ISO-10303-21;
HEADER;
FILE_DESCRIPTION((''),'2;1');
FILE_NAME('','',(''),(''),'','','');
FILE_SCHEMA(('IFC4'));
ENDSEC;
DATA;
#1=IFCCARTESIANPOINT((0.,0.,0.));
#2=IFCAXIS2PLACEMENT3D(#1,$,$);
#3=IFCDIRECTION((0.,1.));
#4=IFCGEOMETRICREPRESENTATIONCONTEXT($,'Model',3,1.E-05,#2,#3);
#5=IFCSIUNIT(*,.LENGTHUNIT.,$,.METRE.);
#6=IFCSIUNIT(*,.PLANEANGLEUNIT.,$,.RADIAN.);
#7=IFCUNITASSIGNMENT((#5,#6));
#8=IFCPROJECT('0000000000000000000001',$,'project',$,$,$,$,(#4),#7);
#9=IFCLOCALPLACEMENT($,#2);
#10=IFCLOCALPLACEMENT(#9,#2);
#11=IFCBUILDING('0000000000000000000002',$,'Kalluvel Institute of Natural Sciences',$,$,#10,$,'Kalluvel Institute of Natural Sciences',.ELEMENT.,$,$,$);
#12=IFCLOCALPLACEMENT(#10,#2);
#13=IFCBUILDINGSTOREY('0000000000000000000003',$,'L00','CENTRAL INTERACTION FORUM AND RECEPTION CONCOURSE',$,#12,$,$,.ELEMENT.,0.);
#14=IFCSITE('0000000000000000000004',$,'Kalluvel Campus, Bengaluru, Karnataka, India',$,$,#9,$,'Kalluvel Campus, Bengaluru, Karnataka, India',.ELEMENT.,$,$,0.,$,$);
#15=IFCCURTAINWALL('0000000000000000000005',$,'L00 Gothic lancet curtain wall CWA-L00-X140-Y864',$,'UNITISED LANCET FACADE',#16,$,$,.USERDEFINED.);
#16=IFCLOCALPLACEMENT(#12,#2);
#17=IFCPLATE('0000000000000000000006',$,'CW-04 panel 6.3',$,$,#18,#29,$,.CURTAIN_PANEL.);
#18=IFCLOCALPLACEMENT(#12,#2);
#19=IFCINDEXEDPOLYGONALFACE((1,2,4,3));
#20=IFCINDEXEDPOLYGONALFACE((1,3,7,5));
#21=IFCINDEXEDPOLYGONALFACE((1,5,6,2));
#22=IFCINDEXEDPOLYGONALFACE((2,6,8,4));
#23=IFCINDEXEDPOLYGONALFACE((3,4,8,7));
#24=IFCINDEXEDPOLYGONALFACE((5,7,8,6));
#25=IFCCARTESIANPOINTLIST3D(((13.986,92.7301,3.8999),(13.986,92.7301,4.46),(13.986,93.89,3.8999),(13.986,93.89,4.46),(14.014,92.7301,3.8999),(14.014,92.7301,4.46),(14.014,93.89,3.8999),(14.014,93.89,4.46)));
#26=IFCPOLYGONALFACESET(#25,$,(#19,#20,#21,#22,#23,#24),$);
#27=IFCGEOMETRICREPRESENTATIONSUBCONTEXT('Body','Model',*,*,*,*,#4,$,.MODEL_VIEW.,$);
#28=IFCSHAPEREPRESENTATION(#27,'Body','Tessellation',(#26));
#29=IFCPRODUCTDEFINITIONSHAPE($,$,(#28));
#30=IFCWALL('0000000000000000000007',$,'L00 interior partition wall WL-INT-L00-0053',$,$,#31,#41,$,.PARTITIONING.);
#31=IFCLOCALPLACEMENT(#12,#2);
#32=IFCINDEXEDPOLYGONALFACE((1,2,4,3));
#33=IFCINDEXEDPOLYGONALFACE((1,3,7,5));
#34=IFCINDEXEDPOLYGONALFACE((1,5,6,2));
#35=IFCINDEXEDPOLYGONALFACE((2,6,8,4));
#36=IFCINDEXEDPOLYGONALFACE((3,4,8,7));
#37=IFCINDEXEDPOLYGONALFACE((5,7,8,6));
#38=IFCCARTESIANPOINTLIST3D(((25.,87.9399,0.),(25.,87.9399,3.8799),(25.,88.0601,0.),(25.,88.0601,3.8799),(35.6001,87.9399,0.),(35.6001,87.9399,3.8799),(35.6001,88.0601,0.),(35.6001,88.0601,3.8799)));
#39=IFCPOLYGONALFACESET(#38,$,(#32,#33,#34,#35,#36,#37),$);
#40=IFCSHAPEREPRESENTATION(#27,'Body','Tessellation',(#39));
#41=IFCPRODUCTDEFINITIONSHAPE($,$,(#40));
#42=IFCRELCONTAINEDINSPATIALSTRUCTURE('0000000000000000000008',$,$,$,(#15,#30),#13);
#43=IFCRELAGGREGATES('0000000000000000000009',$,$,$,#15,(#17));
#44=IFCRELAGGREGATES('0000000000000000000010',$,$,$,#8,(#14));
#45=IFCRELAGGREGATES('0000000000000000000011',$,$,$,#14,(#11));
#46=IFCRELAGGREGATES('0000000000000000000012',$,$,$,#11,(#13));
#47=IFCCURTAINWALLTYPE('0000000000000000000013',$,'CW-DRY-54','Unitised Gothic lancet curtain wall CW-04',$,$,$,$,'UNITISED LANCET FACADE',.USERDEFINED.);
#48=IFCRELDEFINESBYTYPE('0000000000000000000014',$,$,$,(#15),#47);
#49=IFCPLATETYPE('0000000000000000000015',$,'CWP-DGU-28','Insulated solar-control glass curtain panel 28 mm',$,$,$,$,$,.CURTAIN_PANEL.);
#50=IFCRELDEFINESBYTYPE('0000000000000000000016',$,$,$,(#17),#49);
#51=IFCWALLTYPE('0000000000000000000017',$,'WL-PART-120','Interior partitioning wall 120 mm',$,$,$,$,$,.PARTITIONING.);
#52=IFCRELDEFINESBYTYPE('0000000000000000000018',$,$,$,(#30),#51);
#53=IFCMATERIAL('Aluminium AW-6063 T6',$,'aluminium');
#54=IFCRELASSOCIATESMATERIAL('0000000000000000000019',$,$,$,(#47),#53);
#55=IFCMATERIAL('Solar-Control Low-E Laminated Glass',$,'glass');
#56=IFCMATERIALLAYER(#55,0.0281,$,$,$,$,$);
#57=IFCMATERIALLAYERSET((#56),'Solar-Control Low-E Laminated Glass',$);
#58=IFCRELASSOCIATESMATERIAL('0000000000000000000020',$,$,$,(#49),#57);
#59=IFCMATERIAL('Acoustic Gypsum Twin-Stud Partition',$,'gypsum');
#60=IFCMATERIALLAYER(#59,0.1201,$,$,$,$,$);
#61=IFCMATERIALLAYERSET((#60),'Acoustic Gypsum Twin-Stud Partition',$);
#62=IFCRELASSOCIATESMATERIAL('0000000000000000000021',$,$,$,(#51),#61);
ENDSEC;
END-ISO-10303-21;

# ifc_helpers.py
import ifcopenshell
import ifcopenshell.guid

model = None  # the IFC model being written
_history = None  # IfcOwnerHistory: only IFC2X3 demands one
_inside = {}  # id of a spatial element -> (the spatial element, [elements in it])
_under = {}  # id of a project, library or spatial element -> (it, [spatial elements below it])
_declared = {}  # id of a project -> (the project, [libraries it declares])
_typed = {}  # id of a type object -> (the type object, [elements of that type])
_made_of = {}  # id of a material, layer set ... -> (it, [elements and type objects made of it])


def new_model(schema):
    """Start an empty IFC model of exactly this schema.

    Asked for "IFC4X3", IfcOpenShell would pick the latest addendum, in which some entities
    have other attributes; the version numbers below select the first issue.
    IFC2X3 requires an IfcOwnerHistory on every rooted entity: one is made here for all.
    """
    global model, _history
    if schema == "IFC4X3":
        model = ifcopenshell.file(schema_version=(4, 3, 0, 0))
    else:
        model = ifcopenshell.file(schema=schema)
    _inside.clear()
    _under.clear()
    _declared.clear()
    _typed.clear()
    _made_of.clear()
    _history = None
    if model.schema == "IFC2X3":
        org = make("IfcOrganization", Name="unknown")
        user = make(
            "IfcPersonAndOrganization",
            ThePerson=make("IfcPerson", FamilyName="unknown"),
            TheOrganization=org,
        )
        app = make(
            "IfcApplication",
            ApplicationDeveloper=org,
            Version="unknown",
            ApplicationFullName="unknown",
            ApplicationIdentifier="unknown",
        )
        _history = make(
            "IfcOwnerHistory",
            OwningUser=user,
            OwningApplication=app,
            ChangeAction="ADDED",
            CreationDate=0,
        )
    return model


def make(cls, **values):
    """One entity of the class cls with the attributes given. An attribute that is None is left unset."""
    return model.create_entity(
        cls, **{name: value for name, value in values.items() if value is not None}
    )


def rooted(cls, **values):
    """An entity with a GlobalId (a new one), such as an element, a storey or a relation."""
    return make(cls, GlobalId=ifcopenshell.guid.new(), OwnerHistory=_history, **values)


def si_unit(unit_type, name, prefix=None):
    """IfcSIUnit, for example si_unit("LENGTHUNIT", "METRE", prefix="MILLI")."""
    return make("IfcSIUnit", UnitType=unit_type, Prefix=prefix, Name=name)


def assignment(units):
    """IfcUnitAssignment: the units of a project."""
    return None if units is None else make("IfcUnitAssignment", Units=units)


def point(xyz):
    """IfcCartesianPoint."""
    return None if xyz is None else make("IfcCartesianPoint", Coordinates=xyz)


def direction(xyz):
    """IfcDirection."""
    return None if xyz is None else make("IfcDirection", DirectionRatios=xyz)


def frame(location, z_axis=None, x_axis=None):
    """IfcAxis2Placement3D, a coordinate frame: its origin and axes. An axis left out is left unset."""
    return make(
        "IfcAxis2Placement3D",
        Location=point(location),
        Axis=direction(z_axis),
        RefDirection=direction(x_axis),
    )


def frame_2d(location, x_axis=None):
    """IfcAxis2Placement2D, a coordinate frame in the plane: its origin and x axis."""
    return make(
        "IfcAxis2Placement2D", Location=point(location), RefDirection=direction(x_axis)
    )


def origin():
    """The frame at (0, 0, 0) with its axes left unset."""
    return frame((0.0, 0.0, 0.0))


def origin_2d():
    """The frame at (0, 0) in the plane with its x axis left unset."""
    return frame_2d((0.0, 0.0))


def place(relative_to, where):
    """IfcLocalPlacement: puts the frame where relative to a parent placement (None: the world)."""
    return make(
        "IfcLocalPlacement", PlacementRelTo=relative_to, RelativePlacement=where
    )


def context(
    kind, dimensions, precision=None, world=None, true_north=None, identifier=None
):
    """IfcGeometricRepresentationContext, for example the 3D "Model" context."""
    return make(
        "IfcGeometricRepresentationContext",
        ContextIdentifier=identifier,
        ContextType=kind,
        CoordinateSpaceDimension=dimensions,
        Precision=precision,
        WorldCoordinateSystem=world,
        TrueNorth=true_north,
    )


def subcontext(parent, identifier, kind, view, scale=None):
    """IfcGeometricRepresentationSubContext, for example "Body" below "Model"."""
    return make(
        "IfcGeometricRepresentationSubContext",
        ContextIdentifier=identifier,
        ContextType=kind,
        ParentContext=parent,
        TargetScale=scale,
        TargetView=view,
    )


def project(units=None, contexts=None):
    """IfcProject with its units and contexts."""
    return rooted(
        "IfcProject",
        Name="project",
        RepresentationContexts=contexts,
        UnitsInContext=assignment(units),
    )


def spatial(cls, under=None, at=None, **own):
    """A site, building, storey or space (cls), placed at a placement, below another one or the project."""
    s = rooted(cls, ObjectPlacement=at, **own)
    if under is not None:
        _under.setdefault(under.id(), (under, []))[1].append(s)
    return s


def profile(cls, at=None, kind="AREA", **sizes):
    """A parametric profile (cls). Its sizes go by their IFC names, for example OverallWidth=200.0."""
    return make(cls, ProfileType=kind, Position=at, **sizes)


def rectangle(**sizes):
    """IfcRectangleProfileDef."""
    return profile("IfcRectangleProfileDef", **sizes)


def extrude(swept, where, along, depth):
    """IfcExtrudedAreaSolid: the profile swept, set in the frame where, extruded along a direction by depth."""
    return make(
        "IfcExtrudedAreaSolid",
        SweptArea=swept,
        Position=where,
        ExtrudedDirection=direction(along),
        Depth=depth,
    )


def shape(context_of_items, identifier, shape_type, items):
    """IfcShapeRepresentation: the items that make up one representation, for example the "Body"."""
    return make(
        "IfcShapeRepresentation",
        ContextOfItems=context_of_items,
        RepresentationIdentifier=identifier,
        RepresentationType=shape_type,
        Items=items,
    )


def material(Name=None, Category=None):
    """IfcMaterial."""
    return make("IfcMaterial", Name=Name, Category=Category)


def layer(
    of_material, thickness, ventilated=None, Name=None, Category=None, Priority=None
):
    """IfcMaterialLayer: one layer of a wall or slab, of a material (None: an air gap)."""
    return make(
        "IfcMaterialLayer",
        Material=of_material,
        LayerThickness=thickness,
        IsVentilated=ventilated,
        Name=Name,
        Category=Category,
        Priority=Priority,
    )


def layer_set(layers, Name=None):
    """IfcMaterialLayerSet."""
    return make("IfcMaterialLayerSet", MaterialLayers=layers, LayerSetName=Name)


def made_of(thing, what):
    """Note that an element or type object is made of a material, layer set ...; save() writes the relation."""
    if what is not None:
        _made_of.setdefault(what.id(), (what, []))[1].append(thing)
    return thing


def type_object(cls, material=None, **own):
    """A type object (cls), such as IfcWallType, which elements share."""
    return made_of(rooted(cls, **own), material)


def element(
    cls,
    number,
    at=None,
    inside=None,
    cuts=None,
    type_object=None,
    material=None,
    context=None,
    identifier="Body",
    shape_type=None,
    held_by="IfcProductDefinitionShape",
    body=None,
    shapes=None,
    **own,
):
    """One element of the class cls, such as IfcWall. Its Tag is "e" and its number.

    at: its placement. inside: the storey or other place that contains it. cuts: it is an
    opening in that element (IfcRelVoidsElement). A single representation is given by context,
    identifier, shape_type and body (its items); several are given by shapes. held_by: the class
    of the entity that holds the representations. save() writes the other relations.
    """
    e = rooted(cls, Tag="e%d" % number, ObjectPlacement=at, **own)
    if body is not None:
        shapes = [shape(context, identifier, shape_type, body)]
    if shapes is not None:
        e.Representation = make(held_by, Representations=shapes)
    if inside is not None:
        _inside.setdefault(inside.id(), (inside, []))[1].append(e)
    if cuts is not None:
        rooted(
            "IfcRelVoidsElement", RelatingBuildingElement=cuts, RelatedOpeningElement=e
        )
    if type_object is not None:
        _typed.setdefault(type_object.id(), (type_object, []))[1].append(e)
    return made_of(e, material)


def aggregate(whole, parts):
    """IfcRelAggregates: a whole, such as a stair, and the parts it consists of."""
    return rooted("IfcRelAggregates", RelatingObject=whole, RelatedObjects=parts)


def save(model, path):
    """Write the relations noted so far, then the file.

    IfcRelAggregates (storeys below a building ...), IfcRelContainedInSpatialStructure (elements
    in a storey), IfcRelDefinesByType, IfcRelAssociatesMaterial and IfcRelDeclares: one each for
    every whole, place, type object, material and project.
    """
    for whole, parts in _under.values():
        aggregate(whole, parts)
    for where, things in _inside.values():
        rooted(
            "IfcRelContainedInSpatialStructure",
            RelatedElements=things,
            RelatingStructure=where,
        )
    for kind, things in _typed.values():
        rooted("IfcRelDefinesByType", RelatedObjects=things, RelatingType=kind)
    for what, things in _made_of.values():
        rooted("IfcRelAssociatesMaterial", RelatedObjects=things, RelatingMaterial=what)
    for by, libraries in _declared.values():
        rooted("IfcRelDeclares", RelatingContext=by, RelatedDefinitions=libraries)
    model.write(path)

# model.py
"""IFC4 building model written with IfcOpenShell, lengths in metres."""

from ifc_helpers import new_model, si_unit, direction, frame, frame_2d, origin, origin_2d, place, context, subcontext, project, spatial, rectangle, extrude, material, layer, layer_set, type_object, element, aggregate, save


model = new_model("IFC4")

# Units and contexts
model_context = context("Model", 3, precision=1e-05, world=origin(), true_north=direction((0.0, 1.0)))
body_context = subcontext(model_context, "Body", "Model", "MODEL_VIEW")
ifc_project = project(units=[si_unit("LENGTHUNIT", "METRE"), si_unit("PLANEANGLEUNIT", "RADIAN")], contexts=[model_context])

# Site, building, storey
site_placement = place(None, origin())
site = spatial("IfcSite", under=ifc_project, at=site_placement, Name="Kalluvel Campus, Bengaluru, Karnataka, India", LongName="Kalluvel Campus, Bengaluru, Karnataka, India", CompositionType="ELEMENT", RefElevation=0.0)
building_placement = place(site_placement, origin())
building = spatial("IfcBuilding", under=site, at=building_placement, Name="Kalluvel Institute of Natural Sciences", LongName="Kalluvel Institute of Natural Sciences", CompositionType="ELEMENT")
storey_placement = place(building_placement, origin())
storey = spatial("IfcBuildingStorey", under=building, at=storey_placement, Name="L00", Description="CENTRAL INTERACTION FORUM AND RECEPTION CONCOURSE", CompositionType="ELEMENT", Elevation=0.0)

# Curtain wall, plate
ifc_material_1 = material(Name="Aluminium AW-6063 T6", Category="aluminium")
curtain_wall_type = type_object("IfcCurtainWallType", Name="CW-DRY-54", Description="Unitised Gothic lancet curtain wall CW-04", ElementType="UNITISED LANCET FACADE", PredefinedType="USERDEFINED", material=ifc_material_1)
curtain_wall_placement = place(storey_placement, origin())
curtain_wall = element("IfcCurtainWall", 1, at=curtain_wall_placement, inside=storey, type_object=curtain_wall_type, Name="L00 Gothic lancet curtain wall CWA-L00-X140-Y864", ObjectType="UNITISED LANCET FACADE", PredefinedType="USERDEFINED")
ifc_material_2 = material(Name="Solar-Control Low-E Laminated Glass", Category="glass")
ifc_layer_1 = layer(ifc_material_2, 0.0281)
ifc_layer_set_1 = layer_set([ifc_layer_1], Name="Solar-Control Low-E Laminated Glass")
plate_type = type_object("IfcPlateType", Name="CWP-DGU-28", Description="Insulated solar-control glass curtain panel 28 mm", PredefinedType="CURTAIN_PANEL", material=ifc_layer_set_1)
plate_1_placement = place(storey_placement, frame((14.0, 93.3101, 3.8999), z_axis=(0.0, 0.0, 1.0), x_axis=(0.0, 1.0, 0.0)))
plate_1 = element("IfcPlate", 2, at=plate_1_placement, type_object=plate_type, Name="CW-04 panel 6.3", PredefinedType="CURTAIN_PANEL", context=body_context, shape_type="SweptSolid", body=[
    extrude(rectangle(XDim=1.1599, YDim=0.0281, at=origin_2d()), origin(), (0.0, 0.0, 1.0), 0.5601),
])
aggregate(curtain_wall, [plate_1])

# Wall
ifc_material_3 = material(Name="Acoustic Gypsum Twin-Stud Partition", Category="gypsum")
ifc_layer_2 = layer(ifc_material_3, 0.1201)
ifc_layer_set_2 = layer_set([ifc_layer_2], Name="Acoustic Gypsum Twin-Stud Partition")
wall_type = type_object("IfcWallType", Name="WL-PART-120", Description="Interior partitioning wall 120 mm", PredefinedType="PARTITIONING", material=ifc_layer_set_2)
wall_placement = place(storey_placement, frame((25.0, 88.0, 0.0), z_axis=(0.0, 0.0, 1.0), x_axis=(1.0, 0.0, 0.0)))
element("IfcWall", 3, at=wall_placement, inside=storey, type_object=wall_type, Name="L00 interior partition wall WL-INT-L00-0053", PredefinedType="PARTITIONING", context=body_context, shape_type="SweptSolid", body=[
    extrude(rectangle(XDim=10.6001, YDim=0.1201, at=frame_2d((5.3, 0.0))), origin(), (0.0, 0.0, 1.0), 3.8799),
])

save(model, "model.ifc")
